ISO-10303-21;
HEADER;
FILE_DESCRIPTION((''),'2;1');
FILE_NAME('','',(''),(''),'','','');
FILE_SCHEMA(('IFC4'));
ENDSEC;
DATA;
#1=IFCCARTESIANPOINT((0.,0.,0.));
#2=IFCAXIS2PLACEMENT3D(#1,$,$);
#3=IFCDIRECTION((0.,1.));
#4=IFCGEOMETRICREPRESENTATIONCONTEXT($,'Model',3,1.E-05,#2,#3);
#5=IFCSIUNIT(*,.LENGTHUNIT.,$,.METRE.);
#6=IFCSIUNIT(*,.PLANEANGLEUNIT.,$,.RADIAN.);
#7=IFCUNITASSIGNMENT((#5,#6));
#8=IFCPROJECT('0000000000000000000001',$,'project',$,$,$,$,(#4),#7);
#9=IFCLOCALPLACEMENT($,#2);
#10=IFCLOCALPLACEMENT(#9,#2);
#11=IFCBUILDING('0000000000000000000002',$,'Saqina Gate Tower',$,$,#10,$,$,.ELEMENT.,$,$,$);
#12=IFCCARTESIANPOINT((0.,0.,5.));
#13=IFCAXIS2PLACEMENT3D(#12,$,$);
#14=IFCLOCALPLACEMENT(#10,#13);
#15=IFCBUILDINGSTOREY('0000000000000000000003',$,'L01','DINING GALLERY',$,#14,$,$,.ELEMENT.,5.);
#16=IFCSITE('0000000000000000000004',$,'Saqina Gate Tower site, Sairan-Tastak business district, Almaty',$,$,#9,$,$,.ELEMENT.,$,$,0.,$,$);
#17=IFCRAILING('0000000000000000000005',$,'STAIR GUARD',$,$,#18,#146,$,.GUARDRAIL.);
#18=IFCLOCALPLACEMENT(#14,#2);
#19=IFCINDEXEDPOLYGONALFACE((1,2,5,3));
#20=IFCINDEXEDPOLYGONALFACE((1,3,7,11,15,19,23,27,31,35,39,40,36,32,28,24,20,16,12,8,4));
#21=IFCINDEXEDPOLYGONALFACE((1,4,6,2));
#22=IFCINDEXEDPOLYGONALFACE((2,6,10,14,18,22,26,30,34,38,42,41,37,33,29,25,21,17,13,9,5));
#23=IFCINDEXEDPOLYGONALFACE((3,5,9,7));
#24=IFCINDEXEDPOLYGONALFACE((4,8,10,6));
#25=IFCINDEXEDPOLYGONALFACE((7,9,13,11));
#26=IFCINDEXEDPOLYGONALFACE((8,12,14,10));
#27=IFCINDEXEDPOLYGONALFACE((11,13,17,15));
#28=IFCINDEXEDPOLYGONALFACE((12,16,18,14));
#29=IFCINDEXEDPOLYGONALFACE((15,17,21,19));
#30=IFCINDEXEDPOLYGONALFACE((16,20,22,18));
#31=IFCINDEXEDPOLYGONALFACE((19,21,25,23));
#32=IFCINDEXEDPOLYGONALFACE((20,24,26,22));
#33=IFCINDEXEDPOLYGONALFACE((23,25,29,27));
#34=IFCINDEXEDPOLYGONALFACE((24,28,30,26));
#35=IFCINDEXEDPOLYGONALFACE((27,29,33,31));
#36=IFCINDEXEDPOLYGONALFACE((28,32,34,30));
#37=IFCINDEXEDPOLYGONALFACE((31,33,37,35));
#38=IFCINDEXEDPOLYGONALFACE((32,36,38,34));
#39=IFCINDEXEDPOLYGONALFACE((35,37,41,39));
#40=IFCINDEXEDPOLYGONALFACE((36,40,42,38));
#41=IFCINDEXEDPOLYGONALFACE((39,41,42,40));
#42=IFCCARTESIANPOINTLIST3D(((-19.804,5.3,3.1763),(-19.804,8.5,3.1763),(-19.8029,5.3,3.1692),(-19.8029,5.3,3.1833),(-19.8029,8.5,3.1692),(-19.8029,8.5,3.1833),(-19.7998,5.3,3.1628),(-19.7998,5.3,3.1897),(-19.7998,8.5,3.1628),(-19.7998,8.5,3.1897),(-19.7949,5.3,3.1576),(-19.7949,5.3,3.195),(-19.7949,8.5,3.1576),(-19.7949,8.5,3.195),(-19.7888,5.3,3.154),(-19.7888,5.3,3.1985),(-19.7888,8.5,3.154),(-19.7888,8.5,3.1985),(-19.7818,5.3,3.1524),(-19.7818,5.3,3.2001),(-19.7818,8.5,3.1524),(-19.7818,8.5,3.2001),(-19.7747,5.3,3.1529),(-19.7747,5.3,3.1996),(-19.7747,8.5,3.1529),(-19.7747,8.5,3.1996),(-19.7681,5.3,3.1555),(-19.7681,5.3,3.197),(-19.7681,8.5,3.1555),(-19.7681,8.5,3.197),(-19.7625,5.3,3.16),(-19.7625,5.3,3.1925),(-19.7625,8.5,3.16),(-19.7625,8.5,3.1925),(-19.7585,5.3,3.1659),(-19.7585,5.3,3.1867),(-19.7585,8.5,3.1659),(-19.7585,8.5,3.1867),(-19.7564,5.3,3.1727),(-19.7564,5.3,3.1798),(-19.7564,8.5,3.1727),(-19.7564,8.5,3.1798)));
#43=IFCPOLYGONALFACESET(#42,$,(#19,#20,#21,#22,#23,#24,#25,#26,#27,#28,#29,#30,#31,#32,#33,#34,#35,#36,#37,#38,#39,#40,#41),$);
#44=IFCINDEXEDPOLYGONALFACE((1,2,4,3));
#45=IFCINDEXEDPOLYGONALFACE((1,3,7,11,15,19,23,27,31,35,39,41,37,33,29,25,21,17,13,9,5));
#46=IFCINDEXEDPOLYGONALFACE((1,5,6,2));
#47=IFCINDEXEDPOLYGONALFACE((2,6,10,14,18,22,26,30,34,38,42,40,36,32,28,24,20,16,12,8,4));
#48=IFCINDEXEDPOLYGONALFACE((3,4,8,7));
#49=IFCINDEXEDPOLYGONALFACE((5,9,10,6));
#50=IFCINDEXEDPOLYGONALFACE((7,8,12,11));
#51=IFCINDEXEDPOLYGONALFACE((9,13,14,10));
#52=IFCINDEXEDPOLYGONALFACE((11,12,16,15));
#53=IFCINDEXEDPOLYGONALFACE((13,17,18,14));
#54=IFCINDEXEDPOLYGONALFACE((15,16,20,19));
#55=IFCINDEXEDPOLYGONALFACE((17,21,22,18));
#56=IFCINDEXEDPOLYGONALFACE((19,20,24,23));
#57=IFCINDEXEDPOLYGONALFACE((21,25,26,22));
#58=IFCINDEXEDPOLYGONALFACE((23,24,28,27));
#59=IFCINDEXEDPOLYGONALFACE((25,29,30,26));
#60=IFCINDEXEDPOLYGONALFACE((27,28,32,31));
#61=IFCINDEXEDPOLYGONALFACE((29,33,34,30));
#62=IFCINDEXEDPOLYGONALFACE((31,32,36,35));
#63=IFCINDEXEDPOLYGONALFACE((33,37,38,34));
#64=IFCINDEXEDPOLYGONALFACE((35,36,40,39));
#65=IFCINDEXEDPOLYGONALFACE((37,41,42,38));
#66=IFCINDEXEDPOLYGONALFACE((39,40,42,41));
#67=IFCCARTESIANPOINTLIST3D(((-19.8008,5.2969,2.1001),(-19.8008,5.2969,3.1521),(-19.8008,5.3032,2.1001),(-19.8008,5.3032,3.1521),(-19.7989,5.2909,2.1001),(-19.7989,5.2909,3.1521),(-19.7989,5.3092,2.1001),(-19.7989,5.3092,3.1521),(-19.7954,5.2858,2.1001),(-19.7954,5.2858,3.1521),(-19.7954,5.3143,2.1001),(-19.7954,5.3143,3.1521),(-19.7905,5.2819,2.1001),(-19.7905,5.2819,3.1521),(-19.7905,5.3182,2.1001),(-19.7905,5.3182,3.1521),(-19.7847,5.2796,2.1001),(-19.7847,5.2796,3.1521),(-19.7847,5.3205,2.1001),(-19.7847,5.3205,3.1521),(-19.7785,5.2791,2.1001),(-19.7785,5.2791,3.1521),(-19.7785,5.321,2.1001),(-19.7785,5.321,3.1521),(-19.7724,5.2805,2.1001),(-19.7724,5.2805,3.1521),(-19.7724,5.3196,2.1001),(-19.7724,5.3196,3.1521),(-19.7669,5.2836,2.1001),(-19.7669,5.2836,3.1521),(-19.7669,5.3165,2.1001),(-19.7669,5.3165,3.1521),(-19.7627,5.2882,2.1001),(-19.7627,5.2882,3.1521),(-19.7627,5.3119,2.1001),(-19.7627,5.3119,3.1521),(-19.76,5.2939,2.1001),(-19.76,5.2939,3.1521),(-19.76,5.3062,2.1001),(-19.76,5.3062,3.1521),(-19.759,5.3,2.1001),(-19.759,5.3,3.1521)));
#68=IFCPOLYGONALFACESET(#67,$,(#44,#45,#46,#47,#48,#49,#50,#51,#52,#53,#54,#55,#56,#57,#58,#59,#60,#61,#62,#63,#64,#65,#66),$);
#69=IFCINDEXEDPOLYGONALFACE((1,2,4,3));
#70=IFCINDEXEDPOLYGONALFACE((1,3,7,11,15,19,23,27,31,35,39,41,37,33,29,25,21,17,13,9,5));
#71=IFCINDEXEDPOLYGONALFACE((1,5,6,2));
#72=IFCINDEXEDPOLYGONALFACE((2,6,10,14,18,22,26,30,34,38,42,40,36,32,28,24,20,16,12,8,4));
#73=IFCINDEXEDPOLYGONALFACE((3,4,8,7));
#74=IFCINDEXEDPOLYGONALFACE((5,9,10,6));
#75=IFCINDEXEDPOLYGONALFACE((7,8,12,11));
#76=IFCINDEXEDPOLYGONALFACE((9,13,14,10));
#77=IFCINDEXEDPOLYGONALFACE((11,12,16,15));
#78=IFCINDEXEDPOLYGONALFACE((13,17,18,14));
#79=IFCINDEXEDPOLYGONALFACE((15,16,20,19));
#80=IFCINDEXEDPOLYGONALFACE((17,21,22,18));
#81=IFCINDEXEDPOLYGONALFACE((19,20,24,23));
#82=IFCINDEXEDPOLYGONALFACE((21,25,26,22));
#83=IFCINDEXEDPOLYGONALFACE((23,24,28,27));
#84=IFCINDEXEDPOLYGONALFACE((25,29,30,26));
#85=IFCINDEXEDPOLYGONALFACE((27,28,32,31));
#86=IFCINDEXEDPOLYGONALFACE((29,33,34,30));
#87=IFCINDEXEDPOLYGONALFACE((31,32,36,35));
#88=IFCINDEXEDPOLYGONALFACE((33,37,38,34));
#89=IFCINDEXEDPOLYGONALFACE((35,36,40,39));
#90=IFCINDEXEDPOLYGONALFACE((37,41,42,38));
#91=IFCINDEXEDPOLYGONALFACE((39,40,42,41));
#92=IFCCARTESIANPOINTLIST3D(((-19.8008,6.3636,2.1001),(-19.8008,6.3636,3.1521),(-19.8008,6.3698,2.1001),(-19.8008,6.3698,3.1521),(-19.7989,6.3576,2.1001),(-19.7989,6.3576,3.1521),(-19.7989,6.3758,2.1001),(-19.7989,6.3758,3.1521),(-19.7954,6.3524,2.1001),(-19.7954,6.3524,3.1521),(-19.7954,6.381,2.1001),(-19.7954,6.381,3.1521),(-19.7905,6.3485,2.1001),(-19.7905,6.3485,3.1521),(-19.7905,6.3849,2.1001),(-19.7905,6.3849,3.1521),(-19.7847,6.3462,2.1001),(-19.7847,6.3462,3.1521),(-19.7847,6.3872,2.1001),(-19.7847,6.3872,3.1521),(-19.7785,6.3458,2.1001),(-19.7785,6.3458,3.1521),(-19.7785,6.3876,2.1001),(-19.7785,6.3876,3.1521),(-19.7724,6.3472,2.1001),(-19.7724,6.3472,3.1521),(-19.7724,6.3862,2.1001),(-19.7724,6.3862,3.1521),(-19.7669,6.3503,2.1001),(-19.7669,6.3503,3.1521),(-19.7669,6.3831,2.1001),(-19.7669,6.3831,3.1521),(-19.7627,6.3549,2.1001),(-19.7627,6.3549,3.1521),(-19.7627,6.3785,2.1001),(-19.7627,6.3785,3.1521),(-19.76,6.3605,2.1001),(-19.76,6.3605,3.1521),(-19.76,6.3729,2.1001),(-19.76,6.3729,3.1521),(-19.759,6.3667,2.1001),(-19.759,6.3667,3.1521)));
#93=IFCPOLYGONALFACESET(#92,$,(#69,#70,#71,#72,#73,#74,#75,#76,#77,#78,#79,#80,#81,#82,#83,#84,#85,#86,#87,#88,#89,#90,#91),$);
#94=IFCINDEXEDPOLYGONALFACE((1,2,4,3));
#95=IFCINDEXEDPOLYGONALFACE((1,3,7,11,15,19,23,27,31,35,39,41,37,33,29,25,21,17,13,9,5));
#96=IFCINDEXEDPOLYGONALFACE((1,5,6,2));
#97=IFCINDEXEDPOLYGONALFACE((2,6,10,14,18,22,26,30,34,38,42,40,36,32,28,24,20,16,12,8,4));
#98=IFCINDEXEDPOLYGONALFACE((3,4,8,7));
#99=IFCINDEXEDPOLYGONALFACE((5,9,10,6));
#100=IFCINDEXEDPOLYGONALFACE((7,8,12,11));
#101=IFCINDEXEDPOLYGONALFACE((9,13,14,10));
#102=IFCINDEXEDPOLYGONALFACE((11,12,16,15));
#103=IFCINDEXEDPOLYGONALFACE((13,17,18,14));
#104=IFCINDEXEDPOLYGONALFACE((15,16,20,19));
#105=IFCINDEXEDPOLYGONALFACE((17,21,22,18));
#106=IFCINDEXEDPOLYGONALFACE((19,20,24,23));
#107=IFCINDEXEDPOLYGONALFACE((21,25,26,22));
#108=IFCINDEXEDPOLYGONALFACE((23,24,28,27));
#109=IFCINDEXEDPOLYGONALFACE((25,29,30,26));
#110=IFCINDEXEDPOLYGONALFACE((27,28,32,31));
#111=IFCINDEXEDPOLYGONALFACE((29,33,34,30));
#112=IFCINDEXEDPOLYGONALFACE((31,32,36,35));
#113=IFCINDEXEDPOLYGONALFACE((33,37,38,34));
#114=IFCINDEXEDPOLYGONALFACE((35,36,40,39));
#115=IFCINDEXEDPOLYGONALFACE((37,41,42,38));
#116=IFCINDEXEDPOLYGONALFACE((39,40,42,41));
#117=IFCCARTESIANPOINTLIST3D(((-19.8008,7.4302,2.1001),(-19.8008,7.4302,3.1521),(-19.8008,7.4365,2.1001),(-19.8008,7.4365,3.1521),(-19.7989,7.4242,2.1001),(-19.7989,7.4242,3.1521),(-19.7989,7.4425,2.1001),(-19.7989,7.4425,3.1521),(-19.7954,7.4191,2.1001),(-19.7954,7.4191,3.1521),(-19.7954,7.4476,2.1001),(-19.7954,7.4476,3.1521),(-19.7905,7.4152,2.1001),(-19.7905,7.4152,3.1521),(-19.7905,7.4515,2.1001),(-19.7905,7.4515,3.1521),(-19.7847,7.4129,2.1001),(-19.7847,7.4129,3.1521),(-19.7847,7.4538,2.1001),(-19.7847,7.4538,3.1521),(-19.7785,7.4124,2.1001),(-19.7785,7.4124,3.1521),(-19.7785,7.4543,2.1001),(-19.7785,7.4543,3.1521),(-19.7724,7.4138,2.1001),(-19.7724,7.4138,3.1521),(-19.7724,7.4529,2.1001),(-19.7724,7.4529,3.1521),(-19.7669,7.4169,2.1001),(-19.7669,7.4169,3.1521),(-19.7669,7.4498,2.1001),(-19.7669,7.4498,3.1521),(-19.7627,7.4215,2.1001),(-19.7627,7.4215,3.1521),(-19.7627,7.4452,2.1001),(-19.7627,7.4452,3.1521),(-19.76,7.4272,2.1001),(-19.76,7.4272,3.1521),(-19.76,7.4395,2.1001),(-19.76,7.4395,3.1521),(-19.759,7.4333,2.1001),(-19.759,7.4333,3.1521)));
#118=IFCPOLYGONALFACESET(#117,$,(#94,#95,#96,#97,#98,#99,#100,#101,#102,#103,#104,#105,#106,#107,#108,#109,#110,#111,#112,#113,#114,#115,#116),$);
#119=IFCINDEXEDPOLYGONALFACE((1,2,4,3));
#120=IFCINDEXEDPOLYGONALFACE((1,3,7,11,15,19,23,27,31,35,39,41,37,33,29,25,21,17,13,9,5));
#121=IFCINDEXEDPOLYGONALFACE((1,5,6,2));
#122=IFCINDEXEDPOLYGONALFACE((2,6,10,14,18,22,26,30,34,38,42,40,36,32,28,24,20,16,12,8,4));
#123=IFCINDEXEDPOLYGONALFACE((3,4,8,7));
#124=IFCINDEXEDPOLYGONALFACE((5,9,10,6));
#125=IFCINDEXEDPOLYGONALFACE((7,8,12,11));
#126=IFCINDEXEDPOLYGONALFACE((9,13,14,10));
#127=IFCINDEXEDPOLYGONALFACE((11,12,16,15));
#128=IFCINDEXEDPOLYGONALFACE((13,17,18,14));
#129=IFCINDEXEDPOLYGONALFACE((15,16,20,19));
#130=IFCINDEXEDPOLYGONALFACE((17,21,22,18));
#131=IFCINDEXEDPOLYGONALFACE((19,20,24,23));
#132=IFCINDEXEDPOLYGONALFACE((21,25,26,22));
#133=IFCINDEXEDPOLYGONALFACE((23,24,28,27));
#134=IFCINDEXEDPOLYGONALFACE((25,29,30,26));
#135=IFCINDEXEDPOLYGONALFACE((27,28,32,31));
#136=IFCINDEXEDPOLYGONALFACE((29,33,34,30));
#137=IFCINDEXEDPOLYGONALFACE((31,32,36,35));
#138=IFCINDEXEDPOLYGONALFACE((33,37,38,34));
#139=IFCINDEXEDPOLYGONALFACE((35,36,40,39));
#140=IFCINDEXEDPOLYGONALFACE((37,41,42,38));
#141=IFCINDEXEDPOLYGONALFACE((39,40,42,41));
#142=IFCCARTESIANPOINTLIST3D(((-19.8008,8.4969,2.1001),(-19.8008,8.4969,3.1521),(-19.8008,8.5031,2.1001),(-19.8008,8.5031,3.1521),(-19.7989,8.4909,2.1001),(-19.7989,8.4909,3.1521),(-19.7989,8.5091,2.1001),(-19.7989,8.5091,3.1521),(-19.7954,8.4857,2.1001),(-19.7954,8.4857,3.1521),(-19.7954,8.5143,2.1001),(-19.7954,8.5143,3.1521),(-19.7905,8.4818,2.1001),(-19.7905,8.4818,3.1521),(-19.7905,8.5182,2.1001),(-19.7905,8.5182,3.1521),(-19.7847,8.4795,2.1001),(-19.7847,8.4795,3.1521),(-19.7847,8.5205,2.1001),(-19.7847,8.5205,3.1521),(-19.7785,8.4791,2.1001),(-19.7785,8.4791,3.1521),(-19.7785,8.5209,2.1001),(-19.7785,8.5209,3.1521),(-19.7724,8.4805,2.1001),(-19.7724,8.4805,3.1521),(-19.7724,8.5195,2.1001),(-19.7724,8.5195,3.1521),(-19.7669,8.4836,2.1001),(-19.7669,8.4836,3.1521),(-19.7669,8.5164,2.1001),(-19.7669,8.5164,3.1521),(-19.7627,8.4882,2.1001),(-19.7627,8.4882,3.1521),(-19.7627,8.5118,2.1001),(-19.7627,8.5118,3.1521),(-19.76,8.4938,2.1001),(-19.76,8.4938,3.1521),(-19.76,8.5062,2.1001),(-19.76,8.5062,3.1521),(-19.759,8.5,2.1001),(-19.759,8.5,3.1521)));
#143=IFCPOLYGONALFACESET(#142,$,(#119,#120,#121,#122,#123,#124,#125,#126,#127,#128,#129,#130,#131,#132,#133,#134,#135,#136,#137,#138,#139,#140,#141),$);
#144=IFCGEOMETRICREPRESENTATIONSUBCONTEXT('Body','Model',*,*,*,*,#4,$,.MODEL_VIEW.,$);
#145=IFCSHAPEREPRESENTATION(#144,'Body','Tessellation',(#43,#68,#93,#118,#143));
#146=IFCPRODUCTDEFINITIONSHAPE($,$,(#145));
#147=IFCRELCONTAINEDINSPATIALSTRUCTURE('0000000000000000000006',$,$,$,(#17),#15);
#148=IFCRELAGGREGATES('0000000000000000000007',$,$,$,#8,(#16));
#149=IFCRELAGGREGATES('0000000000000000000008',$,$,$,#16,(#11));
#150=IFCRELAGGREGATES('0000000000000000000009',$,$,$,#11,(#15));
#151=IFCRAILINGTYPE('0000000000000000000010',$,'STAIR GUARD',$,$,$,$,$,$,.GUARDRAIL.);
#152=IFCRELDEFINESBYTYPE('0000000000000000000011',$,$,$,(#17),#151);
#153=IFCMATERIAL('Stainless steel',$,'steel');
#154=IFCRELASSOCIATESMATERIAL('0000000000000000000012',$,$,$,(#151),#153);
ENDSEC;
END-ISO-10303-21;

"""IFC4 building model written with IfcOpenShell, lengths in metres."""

from ifc_helpers import new_model, si_unit, direction, frame, origin, origin_2d, place, context, subcontext, project, spatial, circle, extrude, material, type_object, element, save


model = new_model("IFC4")

# Units and contexts
model_context = context("Model", 3, precision=1e-05, world=origin(), true_north=direction((0.0, 1.0)))
body_context = subcontext(model_context, "Body", "Model", "MODEL_VIEW")
ifc_project = project(units=[si_unit("LENGTHUNIT", "METRE"), si_unit("PLANEANGLEUNIT", "RADIAN")], contexts=[model_context])

# Site, building, storey
site_placement = place(None, origin())
site = spatial("IfcSite", under=ifc_project, at=site_placement, Name="Saqina Gate Tower site, Sairan-Tastak business district, Almaty", CompositionType="ELEMENT", RefElevation=0.0)
building_placement = place(site_placement, origin())
building = spatial("IfcBuilding", under=site, at=building_placement, Name="Saqina Gate Tower", CompositionType="ELEMENT")
storey_placement = place(building_placement, frame((0.0, 0.0, 5.0)))
storey = spatial("IfcBuildingStorey", under=building, at=storey_placement, Name="L01", Description="DINING GALLERY", CompositionType="ELEMENT", Elevation=5.0)

# Railing
ifc_material_1 = material(Name="Stainless steel", Category="steel")
railing_type = type_object("IfcRailingType", Name="STAIR GUARD", PredefinedType="GUARDRAIL", material=ifc_material_1)
railing_placement = place(storey_placement, frame((-19.78, 5.3, 2.1001)))
element("IfcRailing", 1, at=railing_placement, inside=storey, type_object=railing_type, Name="STAIR GUARD", PredefinedType="GUARDRAIL", context=body_context, shape_type="SweptSolid", body=[
    extrude(circle(Radius=0.0239, at=origin_2d()), frame((0.0, 0.0, 1.0762), z_axis=(0.0, 1.0, 0.0), x_axis=(-1.0, 0.0, 0.0)), (0.0, 0.0, 1.0), 3.2),
    extrude(circle(Radius=0.021, at=origin_2d()), origin(), (0.0, 0.0, 1.0), 1.052),
    extrude(circle(Radius=0.021, at=origin_2d()), frame((0.0, 1.0667, 0.0)), (0.0, 0.0, 1.0), 1.052),
    extrude(circle(Radius=0.021, at=origin_2d()), frame((0.0, 2.1333, 0.0)), (0.0, 0.0, 1.0), 1.052),
    extrude(circle(Radius=0.021, at=origin_2d()), frame((0.0, 3.2, 0.0)), (0.0, 0.0, 1.0), 1.052),
])

save(model, "model.ifc")
